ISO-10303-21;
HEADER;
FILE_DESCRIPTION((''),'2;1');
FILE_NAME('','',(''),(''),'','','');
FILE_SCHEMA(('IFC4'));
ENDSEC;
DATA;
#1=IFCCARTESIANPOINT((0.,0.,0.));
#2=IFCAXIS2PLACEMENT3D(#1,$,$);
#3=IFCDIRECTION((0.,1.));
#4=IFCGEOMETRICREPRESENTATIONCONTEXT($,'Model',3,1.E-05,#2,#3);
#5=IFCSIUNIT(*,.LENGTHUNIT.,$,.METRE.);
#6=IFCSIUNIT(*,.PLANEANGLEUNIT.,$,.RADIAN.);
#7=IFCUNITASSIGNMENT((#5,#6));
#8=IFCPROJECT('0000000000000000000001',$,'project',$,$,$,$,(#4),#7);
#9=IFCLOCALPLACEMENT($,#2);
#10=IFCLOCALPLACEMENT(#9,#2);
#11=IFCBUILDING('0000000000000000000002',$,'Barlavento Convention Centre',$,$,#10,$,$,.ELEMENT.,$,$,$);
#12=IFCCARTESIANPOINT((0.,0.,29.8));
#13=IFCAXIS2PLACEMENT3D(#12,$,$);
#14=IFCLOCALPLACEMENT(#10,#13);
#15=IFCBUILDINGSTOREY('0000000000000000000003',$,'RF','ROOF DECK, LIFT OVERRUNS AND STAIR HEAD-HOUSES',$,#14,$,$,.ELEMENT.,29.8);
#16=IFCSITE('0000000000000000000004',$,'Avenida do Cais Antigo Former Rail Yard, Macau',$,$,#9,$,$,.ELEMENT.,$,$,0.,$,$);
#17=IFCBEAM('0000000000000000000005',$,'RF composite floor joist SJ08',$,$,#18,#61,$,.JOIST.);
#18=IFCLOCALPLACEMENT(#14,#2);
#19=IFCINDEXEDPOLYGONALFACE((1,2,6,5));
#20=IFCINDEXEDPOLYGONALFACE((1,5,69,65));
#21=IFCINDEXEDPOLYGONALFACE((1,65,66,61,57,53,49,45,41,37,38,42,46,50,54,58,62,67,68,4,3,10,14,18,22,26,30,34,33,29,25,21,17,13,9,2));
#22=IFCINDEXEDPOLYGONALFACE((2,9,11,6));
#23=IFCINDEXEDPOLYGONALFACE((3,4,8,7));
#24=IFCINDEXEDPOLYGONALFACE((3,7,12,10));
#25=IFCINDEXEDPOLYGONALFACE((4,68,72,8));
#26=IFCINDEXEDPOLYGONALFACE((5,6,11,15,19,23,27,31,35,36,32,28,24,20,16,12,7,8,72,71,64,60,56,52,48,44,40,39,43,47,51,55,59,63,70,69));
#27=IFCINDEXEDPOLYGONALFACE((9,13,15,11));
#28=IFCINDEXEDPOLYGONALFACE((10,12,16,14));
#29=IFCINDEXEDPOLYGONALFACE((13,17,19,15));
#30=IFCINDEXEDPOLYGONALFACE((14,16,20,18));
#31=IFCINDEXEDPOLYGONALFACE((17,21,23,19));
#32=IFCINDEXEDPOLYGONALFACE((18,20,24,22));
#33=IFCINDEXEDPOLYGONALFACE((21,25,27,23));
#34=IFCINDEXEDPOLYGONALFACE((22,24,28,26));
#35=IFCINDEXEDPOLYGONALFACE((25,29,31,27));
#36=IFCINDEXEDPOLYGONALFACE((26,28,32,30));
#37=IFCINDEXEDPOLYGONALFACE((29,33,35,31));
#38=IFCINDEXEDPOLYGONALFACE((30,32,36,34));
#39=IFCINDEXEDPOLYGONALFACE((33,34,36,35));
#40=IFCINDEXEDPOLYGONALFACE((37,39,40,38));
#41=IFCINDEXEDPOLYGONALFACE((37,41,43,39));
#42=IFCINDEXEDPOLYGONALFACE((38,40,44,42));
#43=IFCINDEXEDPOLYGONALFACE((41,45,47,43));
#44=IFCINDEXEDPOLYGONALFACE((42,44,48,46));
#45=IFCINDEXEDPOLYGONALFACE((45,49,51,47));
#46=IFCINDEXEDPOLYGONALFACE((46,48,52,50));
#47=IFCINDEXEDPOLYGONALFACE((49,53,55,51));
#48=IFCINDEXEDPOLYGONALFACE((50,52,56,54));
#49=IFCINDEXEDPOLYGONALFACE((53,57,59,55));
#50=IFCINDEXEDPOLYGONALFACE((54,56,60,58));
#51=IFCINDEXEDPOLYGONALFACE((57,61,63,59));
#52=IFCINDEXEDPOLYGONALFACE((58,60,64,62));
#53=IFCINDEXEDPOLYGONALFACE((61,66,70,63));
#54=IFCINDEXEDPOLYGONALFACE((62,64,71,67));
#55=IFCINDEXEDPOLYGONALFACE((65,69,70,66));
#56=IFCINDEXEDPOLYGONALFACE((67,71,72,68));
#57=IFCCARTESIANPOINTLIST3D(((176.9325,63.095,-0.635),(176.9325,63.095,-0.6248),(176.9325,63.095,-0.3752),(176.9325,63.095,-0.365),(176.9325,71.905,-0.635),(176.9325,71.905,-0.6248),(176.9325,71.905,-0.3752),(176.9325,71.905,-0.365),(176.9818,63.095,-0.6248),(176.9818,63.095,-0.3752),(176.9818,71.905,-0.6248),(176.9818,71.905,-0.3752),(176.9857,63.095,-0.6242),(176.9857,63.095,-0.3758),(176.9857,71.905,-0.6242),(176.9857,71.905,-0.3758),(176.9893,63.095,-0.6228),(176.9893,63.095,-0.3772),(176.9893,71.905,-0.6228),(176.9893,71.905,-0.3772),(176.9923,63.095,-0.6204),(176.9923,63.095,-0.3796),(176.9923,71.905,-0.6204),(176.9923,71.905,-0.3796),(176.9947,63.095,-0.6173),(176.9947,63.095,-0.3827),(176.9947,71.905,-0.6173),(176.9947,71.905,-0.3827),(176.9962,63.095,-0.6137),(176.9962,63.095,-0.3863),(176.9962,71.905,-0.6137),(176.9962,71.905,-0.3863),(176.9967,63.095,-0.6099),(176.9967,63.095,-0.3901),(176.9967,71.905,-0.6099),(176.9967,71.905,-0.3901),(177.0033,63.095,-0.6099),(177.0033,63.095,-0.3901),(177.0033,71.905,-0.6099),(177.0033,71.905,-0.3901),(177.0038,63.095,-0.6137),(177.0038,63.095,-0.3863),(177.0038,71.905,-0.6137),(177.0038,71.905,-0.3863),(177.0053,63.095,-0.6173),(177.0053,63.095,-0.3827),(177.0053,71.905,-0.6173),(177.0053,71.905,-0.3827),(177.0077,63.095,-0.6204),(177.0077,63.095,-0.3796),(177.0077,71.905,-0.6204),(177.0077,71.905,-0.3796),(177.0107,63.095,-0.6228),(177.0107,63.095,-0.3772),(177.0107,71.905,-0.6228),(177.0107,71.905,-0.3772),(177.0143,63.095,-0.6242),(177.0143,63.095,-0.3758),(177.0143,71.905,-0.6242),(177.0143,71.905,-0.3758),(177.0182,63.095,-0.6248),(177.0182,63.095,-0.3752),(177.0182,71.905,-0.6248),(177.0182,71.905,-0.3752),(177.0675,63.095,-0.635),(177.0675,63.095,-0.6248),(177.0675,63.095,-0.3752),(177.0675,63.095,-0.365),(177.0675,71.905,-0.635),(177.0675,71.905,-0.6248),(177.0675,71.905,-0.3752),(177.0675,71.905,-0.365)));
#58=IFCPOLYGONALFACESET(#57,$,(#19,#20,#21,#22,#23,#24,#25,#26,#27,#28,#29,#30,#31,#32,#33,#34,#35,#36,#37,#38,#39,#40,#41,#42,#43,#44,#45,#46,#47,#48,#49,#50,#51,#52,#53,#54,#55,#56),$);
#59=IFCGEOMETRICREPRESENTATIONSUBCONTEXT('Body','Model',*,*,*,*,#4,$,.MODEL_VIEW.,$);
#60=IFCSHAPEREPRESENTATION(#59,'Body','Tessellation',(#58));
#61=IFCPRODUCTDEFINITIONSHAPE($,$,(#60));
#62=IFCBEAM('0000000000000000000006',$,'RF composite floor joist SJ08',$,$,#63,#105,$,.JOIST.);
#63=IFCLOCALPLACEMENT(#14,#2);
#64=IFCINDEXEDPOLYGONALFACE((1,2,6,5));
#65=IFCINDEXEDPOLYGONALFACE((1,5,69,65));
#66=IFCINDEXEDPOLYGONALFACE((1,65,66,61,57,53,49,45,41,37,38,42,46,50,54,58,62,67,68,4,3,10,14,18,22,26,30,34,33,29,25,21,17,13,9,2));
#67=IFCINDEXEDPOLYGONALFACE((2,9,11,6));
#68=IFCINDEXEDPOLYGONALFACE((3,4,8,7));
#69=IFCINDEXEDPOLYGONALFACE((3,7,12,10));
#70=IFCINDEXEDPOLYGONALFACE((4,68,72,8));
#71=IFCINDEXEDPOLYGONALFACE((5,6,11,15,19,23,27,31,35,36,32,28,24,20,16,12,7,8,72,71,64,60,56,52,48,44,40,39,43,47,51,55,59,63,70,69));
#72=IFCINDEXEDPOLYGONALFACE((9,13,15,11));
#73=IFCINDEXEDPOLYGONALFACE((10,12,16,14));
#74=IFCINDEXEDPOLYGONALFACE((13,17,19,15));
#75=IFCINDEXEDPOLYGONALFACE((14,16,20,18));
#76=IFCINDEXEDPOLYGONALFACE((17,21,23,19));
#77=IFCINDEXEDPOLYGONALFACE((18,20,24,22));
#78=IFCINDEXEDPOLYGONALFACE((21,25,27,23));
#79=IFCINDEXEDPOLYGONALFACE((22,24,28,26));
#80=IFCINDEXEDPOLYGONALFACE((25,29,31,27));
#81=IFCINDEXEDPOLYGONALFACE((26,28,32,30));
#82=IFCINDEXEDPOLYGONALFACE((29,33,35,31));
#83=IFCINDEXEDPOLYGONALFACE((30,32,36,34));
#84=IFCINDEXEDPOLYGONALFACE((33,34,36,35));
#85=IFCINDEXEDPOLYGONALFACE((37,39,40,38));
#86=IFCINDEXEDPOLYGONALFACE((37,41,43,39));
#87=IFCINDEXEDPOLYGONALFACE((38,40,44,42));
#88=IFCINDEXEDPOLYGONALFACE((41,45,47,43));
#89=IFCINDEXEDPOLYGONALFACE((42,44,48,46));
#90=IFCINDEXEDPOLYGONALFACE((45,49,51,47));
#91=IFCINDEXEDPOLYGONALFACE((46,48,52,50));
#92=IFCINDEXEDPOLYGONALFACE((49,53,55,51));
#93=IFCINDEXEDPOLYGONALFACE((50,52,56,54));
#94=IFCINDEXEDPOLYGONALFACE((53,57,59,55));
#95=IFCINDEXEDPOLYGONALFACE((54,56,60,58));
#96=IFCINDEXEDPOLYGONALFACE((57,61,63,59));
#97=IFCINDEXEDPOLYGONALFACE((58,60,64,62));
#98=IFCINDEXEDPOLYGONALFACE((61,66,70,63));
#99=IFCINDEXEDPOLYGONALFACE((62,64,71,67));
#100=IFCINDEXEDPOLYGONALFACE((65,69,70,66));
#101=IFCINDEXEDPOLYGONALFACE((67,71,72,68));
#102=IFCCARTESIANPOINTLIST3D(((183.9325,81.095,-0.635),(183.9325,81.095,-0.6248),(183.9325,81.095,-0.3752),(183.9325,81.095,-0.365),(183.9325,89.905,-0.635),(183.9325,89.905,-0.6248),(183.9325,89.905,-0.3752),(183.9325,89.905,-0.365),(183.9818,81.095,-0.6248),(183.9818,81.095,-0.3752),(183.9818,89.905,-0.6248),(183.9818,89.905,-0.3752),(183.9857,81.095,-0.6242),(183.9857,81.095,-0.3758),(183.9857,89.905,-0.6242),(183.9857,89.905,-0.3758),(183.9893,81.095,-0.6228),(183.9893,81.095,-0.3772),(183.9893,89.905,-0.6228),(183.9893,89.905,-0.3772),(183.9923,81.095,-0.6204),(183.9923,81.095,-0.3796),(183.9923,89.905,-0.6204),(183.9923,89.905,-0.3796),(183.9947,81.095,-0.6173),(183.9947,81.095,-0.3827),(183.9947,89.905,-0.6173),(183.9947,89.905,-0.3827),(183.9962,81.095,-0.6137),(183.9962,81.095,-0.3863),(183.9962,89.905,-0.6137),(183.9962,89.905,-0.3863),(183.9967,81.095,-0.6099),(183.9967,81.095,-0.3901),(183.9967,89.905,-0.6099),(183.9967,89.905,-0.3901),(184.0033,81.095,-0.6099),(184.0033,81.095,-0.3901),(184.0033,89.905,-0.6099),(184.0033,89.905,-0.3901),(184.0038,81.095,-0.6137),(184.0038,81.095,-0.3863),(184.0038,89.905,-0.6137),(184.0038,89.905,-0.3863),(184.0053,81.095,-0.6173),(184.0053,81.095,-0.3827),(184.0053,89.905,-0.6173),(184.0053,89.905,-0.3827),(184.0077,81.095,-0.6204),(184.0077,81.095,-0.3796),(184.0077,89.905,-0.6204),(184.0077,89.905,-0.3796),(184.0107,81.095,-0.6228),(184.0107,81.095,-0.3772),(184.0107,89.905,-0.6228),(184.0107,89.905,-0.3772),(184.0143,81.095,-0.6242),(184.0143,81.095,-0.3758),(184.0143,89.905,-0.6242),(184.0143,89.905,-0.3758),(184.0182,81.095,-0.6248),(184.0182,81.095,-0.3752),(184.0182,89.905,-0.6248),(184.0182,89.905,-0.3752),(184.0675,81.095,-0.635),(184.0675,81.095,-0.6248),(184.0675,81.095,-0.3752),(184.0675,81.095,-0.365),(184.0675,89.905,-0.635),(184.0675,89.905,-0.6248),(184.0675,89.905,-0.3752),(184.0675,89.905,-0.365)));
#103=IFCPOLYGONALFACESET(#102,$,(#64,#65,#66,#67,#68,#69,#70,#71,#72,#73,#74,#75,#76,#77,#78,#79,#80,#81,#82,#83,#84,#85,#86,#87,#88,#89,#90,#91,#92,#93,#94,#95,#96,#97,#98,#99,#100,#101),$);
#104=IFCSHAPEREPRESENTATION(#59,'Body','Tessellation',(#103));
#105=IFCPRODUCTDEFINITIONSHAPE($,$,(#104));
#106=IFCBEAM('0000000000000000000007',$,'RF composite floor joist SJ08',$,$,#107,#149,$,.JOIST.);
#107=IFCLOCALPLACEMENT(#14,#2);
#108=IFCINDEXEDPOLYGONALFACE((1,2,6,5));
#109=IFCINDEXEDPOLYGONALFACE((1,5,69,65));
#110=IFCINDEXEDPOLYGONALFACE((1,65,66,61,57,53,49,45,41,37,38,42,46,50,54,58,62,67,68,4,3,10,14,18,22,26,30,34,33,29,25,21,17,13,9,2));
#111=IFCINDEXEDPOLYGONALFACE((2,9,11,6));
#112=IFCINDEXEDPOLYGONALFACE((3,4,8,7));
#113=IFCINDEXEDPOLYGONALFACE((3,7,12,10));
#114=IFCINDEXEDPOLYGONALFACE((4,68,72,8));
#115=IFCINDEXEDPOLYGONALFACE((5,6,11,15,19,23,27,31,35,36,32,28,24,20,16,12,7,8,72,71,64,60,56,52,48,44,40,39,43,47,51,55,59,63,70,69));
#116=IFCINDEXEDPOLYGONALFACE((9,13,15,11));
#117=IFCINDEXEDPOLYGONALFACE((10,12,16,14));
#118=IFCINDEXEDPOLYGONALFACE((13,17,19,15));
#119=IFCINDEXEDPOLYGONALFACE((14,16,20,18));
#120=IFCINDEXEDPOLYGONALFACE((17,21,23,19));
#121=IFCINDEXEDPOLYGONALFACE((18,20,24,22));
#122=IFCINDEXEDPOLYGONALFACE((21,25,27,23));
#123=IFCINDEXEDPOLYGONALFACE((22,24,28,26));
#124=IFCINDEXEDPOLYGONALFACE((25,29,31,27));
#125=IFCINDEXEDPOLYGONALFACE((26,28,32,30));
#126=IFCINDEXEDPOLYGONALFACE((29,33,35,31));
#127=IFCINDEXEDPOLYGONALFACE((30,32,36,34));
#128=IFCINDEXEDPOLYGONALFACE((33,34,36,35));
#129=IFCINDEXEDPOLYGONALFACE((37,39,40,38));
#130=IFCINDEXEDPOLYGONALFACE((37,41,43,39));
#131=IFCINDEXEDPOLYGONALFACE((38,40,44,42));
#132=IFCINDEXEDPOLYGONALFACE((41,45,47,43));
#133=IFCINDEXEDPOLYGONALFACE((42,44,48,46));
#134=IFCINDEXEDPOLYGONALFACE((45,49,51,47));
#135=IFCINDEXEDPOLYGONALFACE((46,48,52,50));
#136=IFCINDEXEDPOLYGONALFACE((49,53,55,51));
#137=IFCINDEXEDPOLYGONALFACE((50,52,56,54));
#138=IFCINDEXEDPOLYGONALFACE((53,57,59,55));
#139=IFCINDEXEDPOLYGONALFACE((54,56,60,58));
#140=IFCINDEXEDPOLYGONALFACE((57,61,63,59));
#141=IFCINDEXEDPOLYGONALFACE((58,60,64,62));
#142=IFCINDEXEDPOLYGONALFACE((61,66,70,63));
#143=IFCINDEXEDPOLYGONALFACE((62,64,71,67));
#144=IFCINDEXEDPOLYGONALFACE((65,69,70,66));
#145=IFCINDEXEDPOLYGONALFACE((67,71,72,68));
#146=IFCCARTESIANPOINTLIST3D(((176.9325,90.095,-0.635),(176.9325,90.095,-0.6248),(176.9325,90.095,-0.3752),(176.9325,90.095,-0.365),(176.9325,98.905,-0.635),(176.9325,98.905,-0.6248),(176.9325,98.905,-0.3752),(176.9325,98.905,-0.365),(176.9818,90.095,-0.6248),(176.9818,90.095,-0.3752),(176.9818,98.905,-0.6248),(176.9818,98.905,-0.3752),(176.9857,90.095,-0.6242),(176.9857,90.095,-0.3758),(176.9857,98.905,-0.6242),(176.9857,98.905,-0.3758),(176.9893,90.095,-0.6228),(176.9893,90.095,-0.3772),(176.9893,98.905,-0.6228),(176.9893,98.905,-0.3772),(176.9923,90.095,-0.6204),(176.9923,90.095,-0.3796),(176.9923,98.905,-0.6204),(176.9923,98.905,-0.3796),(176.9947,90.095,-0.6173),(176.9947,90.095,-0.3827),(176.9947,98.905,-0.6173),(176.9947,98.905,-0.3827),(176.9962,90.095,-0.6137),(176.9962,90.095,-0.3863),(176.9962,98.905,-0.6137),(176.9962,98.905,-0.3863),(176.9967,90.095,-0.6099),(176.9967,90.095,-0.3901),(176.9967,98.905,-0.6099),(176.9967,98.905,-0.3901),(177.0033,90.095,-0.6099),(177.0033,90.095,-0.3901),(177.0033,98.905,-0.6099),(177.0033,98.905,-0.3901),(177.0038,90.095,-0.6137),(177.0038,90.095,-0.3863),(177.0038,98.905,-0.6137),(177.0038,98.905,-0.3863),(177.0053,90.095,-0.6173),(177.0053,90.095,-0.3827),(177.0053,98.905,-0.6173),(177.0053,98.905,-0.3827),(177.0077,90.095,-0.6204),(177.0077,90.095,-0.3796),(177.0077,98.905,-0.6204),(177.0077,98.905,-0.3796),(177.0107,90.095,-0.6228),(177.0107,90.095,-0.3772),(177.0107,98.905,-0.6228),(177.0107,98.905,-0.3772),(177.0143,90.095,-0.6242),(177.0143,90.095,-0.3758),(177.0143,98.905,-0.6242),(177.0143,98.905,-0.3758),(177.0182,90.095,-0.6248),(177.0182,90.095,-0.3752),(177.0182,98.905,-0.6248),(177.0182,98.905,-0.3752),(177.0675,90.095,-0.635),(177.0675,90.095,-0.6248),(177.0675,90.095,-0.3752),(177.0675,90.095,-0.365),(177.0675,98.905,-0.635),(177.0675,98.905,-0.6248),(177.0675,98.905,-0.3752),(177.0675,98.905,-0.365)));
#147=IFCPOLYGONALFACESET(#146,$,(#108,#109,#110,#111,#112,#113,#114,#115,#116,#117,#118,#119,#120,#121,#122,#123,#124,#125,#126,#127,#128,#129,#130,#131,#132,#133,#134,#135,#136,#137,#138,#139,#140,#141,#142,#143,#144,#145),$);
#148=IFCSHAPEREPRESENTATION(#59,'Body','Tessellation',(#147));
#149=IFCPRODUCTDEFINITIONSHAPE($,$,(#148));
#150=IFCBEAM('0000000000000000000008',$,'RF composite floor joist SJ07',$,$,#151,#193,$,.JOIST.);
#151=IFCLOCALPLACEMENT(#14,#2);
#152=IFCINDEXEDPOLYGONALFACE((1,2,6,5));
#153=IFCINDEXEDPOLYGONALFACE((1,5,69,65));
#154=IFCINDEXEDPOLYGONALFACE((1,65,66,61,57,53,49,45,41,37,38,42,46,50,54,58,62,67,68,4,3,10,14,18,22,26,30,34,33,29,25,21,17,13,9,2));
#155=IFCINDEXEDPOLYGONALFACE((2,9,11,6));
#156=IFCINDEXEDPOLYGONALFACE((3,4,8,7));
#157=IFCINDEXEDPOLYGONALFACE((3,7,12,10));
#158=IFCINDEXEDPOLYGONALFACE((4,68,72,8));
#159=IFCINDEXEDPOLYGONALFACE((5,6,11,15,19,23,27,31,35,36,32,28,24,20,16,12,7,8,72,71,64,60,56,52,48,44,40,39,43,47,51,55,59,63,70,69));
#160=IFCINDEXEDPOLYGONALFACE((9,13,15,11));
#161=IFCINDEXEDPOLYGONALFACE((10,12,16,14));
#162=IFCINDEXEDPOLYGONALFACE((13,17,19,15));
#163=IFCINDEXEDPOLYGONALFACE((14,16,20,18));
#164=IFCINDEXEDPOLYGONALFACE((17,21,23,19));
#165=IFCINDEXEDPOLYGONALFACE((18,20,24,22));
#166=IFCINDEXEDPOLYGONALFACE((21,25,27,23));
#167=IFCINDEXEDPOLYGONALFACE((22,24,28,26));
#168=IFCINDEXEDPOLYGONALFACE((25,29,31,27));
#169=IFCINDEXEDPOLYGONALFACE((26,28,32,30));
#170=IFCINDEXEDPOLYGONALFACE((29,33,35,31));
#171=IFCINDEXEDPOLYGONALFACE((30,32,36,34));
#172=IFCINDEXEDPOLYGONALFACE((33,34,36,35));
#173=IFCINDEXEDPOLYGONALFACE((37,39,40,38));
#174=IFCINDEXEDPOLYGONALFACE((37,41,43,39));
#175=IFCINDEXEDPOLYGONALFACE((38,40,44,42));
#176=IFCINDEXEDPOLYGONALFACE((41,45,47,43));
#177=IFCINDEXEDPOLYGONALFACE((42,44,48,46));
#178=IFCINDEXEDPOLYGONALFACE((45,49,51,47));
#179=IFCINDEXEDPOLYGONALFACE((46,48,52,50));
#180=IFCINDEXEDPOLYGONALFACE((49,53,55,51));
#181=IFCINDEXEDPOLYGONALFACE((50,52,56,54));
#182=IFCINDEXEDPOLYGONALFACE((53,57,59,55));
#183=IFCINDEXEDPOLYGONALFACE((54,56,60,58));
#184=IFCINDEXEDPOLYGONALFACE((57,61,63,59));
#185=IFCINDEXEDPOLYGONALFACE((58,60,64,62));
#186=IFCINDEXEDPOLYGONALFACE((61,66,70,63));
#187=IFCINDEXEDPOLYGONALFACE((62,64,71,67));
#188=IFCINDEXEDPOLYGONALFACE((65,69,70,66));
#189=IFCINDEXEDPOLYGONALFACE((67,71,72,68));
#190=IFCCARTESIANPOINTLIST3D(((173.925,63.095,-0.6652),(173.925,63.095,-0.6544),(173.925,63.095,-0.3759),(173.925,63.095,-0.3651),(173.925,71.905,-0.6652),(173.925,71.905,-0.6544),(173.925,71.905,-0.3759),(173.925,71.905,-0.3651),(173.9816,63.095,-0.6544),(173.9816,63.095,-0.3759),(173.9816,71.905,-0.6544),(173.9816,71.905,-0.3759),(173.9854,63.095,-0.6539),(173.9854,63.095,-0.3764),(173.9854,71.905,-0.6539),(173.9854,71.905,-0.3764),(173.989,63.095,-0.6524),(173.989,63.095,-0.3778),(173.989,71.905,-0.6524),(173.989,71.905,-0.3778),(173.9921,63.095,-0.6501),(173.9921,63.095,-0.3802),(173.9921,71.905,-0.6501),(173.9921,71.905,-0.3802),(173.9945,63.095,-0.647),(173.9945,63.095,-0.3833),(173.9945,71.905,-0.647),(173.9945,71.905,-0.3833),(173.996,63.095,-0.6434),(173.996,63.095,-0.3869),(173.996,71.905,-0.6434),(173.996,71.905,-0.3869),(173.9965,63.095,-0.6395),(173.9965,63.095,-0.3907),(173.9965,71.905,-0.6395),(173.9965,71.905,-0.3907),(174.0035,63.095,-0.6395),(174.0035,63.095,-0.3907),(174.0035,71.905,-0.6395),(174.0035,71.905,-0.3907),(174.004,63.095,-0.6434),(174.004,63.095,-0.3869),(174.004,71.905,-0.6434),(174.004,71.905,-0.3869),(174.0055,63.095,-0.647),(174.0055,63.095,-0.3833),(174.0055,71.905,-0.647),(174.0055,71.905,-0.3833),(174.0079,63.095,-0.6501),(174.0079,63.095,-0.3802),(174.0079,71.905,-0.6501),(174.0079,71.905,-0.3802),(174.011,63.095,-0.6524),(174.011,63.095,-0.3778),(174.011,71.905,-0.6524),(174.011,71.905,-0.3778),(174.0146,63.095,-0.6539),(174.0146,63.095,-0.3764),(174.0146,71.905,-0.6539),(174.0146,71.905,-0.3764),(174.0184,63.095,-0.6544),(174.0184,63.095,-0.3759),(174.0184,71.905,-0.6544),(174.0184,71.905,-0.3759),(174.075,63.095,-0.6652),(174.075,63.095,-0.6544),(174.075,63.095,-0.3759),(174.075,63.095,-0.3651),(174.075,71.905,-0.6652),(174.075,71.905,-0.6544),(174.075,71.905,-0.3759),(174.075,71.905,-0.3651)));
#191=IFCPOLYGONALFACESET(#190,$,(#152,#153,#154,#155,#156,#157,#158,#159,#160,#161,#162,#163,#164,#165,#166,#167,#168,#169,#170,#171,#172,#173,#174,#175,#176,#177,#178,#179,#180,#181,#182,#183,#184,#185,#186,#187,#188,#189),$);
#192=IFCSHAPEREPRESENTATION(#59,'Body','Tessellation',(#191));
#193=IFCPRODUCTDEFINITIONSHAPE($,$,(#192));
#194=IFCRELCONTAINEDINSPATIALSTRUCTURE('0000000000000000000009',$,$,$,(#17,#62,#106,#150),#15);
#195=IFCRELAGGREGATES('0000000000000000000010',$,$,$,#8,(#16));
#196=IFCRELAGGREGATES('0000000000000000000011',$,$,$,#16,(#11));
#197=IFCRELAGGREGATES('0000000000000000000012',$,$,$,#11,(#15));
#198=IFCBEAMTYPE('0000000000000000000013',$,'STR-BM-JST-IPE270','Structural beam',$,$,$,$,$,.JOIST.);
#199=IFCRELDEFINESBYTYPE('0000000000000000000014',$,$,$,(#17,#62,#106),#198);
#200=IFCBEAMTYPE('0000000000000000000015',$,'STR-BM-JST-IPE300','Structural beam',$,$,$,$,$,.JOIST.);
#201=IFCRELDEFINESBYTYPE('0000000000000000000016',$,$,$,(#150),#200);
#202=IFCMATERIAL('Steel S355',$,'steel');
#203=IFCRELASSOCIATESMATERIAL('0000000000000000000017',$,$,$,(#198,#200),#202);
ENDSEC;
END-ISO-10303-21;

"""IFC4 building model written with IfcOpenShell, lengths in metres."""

from ifc_helpers import new_model, si_unit, direction, frame, origin, origin_2d, place, context, subcontext, project, spatial, i_section, extrude, material, material_profile, profile_set, type_object, element, save


model = new_model("IFC4")

# Units and contexts
model_context = context("Model", 3, precision=1e-05, world=origin(), true_north=direction((0.0, 1.0)))
body_context = subcontext(model_context, "Body", "Model", "MODEL_VIEW")
ifc_project = project(units=[si_unit("LENGTHUNIT", "METRE"), si_unit("PLANEANGLEUNIT", "RADIAN")], contexts=[model_context])

# Site, building, storey
site_placement = place(None, origin())
site = spatial("IfcSite", under=ifc_project, at=site_placement, Name="Avenida do Cais Antigo Former Rail Yard, Macau", CompositionType="ELEMENT", RefElevation=0.0)
building_placement = place(site_placement, origin())
building = spatial("IfcBuilding", under=site, at=building_placement, Name="Barlavento Convention Centre", CompositionType="ELEMENT")
storey_placement = place(building_placement, frame((0.0, 0.0, 29.8)))
storey = spatial("IfcBuildingStorey", under=building, at=storey_placement, Name="RF", Description="ROOF DECK, LIFT OVERRUNS AND STAIR HEAD-HOUSES", CompositionType="ELEMENT", Elevation=29.8)

# Beams
ifc_material_1 = material(Name="Steel S355", Category="steel")
ifc_material_profile_1 = material_profile(ifc_material_1, i_section(OverallWidth=0.135, OverallDepth=0.27, WebThickness=0.0066, FlangeThickness=0.0103, FilletRadius=0.0149, at=origin_2d()), Name="IPE 270")
ifc_profile_set_1 = profile_set([ifc_material_profile_1], Name="Steel S355")
beam_type_1 = type_object("IfcBeamType", Name="STR-BM-JST-IPE270", Description="Structural beam", PredefinedType="JOIST", material=ifc_profile_set_1)
for number, where, z_axis, x_axis, name in (
    (1, (177.0, 63.095, -0.5), (0.0, 1.0, 0.0), (-1.0, 0.0, 0.0), "RF composite floor joist SJ08"),
    (2, (184.0, 81.095, -0.5), (0.0, 1.0, 0.0), (-1.0, 0.0, 0.0), "RF composite floor joist SJ08"),
    (3, (177.0, 90.095, -0.5), (0.0, 1.0, 0.0), (-1.0, 0.0, 0.0), "RF composite floor joist SJ08"),
):
    element("IfcBeam", number, at=place(storey_placement, frame(where, z_axis=z_axis, x_axis=x_axis)), inside=storey, type_object=beam_type_1, Name=name, PredefinedType="JOIST", context=body_context, shape_type="SweptSolid", body=[
        extrude(i_section(OverallWidth=0.135, OverallDepth=0.27, WebThickness=0.0066, FlangeThickness=0.0103, FilletRadius=0.0149, at=origin_2d()), origin(), (0.0, 0.0, 1.0), 8.8101),
    ])
ifc_material_profile_2 = material_profile(ifc_material_1, i_section(OverallWidth=0.1499, OverallDepth=0.3, WebThickness=0.0071, FlangeThickness=0.0107, FilletRadius=0.0149, at=origin_2d()), Name="IPE 300")
ifc_profile_set_2 = profile_set([ifc_material_profile_2], Name="Steel S355")
beam_type_2 = type_object("IfcBeamType", Name="STR-BM-JST-IPE300", Description="Structural beam", PredefinedType="JOIST", material=ifc_profile_set_2)
for number, where, z_axis, x_axis, name in (
    (4, (174.0, 63.095, -0.5151), (0.0, 1.0, 0.0), (-1.0, 0.0, 0.0), "RF composite floor joist SJ07"),
):
    element("IfcBeam", number, at=place(storey_placement, frame(where, z_axis=z_axis, x_axis=x_axis)), inside=storey, type_object=beam_type_2, Name=name, PredefinedType="JOIST", context=body_context, shape_type="SweptSolid", body=[
        extrude(i_section(OverallWidth=0.1499, OverallDepth=0.3, WebThickness=0.0071, FlangeThickness=0.0107, FilletRadius=0.0149, at=origin_2d()), origin(), (0.0, 0.0, 1.0), 8.8101),
    ])

save(model, "model.ifc")
